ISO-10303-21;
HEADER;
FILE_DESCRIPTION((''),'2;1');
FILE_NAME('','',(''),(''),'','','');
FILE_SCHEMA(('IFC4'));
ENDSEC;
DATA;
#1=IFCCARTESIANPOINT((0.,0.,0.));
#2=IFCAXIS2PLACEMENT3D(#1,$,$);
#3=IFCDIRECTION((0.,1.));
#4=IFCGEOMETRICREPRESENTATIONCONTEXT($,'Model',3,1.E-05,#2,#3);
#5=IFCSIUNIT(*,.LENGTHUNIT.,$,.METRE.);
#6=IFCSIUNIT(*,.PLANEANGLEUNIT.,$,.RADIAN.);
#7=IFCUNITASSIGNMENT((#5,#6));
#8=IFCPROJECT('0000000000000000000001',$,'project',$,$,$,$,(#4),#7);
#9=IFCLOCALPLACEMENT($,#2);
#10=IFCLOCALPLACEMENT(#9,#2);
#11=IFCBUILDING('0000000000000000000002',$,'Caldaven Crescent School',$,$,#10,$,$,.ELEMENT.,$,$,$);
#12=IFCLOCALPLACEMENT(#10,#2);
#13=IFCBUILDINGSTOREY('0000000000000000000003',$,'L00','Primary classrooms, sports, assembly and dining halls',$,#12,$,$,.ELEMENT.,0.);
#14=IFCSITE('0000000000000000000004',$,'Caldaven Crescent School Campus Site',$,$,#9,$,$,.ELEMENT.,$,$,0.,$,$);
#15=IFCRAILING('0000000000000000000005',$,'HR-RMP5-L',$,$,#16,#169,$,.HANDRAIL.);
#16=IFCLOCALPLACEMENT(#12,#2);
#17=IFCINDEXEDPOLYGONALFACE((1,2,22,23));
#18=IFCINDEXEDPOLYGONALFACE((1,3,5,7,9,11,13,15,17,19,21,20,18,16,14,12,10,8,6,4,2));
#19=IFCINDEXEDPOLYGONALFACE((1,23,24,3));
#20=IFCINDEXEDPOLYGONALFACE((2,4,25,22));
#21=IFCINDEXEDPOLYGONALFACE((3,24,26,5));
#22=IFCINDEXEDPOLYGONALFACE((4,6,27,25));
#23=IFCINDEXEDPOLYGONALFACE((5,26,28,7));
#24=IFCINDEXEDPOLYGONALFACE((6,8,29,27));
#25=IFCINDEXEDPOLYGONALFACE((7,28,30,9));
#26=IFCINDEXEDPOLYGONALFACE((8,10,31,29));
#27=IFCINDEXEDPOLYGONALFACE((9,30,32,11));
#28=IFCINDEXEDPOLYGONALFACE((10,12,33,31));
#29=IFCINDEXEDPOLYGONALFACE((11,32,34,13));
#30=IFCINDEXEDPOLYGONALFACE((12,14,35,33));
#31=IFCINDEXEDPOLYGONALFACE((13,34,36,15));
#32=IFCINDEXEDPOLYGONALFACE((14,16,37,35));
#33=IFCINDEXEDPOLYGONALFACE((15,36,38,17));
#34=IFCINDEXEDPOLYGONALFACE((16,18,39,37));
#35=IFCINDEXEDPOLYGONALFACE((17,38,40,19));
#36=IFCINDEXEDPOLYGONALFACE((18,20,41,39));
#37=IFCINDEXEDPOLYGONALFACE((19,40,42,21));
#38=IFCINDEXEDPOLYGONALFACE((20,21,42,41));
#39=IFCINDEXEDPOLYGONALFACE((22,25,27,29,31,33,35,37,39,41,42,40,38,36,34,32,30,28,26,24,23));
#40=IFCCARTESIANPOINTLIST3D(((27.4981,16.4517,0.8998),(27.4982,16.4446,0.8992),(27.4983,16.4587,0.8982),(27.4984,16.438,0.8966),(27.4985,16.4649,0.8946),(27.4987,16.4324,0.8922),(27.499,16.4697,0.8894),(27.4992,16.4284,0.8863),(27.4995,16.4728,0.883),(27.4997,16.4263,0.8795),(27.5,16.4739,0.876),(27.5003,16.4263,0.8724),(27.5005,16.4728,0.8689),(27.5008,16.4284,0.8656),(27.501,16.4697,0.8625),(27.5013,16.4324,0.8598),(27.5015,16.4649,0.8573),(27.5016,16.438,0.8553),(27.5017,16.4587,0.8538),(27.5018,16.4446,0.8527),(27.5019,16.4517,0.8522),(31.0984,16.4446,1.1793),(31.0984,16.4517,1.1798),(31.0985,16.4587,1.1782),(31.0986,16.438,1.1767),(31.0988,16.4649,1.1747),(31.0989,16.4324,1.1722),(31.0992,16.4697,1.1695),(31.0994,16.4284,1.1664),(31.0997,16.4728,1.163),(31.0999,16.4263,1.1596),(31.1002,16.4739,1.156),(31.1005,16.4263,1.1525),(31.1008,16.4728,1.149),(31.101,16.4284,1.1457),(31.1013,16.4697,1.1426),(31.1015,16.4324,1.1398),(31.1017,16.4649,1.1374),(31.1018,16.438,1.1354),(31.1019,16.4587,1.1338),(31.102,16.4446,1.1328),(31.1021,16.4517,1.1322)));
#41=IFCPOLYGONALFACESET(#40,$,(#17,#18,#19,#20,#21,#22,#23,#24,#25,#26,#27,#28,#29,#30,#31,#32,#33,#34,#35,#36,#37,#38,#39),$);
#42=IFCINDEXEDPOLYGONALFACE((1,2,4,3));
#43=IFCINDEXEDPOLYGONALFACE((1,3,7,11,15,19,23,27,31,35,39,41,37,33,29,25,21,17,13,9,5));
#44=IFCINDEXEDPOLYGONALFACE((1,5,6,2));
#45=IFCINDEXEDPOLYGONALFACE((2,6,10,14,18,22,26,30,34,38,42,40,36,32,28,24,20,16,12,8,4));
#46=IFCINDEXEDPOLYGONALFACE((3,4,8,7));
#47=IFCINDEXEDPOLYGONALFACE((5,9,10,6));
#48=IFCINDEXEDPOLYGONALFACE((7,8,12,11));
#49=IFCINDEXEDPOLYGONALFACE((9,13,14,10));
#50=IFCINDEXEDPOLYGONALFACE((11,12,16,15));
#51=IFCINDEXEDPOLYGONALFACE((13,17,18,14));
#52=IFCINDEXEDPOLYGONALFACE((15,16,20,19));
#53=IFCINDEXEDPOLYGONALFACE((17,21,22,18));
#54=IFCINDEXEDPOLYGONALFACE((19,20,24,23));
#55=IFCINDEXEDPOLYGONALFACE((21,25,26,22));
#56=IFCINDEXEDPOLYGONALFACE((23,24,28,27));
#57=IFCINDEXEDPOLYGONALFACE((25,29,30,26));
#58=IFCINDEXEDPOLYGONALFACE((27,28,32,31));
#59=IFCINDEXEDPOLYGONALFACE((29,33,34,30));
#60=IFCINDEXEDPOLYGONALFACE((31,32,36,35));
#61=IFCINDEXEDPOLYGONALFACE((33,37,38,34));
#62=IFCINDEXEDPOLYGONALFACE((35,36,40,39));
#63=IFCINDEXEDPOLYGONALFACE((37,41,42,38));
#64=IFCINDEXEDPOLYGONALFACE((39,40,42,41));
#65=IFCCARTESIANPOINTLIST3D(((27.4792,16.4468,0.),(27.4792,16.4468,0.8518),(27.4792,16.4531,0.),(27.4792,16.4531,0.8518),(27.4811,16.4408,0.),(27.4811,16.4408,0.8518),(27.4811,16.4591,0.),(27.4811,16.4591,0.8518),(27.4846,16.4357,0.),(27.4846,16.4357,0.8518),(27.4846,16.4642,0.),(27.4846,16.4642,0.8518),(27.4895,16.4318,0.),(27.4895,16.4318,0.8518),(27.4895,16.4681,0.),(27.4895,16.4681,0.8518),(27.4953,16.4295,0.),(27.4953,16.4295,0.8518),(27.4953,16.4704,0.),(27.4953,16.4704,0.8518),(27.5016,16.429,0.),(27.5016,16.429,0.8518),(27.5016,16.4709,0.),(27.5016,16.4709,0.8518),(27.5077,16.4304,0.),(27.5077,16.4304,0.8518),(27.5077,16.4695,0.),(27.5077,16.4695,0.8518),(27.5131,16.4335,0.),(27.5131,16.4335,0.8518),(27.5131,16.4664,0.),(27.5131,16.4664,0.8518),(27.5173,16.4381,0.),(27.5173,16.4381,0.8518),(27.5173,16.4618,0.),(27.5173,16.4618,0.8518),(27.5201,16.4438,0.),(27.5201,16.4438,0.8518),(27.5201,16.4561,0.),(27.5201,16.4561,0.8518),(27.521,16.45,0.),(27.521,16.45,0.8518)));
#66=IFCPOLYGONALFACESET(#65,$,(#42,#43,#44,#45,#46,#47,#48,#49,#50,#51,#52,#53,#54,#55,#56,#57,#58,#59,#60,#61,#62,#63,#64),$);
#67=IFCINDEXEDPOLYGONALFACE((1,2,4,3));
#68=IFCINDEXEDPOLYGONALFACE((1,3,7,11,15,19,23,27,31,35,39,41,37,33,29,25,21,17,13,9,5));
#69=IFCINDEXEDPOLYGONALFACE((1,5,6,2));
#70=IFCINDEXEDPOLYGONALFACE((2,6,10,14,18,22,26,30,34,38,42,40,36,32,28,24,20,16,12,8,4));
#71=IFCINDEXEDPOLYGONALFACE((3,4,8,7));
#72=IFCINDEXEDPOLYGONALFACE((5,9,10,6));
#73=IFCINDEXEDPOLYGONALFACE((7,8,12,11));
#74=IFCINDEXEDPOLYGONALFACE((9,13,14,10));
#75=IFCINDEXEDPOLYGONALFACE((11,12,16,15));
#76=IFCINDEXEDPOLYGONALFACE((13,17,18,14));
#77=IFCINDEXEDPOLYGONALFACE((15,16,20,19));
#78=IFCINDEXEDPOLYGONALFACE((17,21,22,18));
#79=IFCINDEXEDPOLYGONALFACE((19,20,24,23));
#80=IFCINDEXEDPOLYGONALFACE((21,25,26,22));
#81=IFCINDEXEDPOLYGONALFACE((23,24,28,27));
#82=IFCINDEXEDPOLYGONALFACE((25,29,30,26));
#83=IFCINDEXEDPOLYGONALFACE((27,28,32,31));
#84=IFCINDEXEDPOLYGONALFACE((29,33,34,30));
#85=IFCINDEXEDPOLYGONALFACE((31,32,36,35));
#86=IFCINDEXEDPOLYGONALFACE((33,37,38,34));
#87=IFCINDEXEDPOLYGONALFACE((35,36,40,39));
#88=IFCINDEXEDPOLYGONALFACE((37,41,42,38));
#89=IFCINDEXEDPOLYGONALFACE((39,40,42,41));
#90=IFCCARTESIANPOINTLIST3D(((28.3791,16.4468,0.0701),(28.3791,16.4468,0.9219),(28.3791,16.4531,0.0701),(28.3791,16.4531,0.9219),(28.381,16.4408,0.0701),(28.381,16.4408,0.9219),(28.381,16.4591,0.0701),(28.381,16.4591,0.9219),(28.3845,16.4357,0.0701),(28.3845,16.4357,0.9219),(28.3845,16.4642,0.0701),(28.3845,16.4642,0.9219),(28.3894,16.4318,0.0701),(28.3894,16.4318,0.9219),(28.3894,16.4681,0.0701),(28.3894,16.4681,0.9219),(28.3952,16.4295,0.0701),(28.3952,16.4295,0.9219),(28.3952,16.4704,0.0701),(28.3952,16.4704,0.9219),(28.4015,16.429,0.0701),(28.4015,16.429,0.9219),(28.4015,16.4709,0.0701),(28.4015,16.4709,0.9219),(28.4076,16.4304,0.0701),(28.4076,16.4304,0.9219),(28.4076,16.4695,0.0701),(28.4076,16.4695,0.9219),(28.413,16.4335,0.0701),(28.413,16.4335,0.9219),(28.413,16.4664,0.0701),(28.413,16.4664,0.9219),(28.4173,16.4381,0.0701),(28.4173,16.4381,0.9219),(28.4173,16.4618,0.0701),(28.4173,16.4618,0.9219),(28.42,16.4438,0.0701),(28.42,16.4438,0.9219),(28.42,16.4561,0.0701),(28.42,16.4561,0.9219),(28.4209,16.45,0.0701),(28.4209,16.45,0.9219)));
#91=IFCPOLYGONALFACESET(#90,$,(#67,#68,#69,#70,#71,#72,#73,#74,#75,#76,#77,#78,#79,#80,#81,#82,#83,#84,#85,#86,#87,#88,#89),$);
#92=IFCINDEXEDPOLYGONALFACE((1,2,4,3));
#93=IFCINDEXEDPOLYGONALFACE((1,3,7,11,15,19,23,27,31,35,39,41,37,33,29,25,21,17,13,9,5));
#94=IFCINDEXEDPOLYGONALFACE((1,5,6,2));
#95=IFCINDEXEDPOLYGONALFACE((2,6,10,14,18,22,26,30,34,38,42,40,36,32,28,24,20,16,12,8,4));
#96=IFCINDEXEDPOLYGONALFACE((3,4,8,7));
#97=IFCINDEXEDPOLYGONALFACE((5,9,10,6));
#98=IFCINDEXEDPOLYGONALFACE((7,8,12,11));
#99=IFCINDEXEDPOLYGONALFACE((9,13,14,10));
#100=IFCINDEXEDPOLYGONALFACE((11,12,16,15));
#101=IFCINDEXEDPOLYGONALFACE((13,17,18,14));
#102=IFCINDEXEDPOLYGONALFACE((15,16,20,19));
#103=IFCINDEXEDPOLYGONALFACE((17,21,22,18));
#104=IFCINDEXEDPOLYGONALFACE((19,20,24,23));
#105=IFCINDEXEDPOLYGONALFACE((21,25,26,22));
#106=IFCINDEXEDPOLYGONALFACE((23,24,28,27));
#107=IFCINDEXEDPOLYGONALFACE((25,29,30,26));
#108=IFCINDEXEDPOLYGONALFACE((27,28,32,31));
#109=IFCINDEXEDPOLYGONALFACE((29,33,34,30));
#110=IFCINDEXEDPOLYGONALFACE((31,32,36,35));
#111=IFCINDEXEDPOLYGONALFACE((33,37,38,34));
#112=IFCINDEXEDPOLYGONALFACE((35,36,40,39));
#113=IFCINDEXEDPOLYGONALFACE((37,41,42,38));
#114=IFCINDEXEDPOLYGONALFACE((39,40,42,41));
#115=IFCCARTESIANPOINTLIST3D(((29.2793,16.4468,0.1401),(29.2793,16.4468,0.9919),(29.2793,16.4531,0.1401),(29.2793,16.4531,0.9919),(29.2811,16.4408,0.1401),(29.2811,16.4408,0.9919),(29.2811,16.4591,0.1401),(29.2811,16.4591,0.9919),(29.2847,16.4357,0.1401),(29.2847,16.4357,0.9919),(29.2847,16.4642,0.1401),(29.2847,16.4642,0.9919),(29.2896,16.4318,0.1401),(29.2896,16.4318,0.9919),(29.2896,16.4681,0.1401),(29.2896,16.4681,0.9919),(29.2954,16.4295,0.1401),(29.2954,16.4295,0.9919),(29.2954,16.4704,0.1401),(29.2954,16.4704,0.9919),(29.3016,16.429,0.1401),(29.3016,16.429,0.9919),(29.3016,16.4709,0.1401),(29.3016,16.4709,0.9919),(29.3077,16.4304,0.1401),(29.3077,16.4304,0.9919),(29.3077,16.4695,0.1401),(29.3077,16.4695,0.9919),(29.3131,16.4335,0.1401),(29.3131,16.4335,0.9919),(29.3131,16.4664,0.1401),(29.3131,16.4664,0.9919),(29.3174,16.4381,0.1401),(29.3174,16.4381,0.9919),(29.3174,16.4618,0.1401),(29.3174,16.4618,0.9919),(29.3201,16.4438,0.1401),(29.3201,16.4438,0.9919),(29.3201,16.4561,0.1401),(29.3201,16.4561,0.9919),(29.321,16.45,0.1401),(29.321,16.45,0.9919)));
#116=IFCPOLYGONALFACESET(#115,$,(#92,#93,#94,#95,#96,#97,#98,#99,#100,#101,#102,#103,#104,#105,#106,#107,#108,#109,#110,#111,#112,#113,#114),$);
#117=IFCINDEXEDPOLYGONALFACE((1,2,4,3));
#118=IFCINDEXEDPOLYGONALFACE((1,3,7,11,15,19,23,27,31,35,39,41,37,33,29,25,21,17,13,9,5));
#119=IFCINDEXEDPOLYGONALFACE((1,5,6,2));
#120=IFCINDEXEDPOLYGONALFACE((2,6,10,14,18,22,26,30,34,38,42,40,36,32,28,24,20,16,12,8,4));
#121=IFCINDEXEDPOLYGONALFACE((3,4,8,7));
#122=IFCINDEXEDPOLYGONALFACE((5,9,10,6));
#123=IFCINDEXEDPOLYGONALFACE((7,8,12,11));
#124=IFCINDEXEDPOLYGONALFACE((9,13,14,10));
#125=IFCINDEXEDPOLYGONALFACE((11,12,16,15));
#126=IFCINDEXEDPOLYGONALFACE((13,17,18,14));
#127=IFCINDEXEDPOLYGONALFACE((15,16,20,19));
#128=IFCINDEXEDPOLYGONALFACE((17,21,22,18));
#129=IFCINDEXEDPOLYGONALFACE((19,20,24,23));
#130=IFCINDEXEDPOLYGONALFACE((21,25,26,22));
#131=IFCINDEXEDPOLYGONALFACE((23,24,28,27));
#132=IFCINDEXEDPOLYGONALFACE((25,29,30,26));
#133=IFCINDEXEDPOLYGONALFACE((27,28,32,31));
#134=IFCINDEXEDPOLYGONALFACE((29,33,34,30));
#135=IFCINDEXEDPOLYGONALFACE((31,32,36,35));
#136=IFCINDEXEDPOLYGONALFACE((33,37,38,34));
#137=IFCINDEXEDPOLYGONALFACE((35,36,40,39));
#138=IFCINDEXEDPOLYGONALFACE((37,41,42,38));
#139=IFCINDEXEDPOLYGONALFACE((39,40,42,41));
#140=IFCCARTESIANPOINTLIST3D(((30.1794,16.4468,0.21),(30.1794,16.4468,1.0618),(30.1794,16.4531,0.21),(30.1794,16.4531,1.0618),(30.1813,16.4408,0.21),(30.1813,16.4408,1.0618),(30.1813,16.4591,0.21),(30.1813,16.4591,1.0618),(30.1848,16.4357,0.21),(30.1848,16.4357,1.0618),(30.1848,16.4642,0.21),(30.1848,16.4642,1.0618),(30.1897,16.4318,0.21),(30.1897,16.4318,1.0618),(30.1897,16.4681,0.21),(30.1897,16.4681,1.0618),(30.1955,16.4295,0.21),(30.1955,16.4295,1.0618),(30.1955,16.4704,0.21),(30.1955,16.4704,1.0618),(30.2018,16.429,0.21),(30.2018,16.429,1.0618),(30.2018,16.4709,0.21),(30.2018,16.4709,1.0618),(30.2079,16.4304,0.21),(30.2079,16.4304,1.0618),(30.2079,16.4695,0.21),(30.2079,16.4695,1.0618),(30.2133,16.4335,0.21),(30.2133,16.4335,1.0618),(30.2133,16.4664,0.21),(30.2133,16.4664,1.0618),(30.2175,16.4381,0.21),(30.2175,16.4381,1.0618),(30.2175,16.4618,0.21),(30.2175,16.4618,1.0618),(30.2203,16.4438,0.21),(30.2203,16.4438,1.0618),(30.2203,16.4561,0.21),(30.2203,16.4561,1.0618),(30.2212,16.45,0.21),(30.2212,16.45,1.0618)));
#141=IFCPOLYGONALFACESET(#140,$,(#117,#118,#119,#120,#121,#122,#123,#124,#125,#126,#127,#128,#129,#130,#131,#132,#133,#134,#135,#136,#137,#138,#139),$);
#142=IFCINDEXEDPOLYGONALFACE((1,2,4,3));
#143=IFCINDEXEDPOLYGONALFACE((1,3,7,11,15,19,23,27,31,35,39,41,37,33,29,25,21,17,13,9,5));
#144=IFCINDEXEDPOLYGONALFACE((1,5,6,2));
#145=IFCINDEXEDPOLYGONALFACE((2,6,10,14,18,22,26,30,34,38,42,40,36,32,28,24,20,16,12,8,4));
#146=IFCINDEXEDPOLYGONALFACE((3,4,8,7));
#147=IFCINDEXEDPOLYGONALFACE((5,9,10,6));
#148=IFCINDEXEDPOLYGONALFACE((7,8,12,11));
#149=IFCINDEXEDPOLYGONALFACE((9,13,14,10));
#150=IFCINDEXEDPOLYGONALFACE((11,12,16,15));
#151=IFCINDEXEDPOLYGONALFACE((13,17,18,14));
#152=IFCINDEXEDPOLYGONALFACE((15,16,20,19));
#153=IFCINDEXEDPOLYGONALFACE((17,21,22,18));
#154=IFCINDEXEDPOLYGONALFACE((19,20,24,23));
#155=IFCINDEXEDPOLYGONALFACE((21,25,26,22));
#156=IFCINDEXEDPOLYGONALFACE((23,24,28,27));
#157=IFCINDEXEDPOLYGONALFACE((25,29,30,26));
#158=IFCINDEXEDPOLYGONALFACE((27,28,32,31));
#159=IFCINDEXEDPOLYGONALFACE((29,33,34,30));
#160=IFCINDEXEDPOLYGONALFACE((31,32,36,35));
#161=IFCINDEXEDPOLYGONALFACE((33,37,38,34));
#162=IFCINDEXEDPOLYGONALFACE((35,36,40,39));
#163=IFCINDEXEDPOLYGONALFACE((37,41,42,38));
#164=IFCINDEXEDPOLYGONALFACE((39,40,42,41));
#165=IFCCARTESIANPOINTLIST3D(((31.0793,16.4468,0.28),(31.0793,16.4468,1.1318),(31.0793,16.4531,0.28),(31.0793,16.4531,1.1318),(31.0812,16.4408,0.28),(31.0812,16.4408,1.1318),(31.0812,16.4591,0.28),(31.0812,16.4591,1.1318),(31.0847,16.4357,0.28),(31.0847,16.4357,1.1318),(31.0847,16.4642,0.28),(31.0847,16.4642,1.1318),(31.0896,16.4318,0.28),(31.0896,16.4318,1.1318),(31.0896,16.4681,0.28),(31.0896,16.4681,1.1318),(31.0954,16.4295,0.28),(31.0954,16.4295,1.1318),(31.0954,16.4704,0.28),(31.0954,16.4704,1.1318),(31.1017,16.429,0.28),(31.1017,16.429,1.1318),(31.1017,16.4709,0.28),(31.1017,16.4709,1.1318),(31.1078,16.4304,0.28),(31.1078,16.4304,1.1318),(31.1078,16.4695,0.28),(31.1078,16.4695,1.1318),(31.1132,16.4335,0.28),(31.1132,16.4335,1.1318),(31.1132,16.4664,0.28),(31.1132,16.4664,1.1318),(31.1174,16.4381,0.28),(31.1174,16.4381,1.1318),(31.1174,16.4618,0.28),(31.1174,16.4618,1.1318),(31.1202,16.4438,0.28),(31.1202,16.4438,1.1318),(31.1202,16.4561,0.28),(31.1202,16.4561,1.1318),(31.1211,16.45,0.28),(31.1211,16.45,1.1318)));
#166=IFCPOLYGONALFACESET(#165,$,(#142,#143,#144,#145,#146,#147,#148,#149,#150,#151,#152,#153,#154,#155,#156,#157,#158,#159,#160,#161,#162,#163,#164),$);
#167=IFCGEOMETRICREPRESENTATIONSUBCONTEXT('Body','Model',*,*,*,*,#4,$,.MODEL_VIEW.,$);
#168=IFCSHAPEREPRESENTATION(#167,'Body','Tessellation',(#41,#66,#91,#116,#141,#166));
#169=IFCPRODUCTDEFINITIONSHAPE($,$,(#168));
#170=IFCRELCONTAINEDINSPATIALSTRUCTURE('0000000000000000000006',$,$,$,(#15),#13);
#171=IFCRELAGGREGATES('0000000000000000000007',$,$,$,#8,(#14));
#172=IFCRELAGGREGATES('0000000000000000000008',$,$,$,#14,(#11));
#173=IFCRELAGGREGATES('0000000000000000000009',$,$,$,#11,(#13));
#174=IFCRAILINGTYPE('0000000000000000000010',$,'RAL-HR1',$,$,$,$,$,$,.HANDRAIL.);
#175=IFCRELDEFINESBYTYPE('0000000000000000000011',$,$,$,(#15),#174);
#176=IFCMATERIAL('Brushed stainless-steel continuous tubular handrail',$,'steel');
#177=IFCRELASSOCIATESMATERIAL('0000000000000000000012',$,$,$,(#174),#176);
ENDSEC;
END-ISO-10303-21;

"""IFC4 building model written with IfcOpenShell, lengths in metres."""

from ifc_helpers import new_model, si_unit, direction, frame, origin, origin_2d, place, context, subcontext, project, spatial, circle, extrude, material, type_object, element, save


model = new_model("IFC4")

# Units and contexts
model_context = context("Model", 3, precision=1e-05, world=origin(), true_north=direction((0.0, 1.0)))
body_context = subcontext(model_context, "Body", "Model", "MODEL_VIEW")
ifc_project = project(units=[si_unit("LENGTHUNIT", "METRE"), si_unit("PLANEANGLEUNIT", "RADIAN")], contexts=[model_context])

# Site, building, storey
site_placement = place(None, origin())
site = spatial("IfcSite", under=ifc_project, at=site_placement, Name="Caldaven Crescent School Campus Site", CompositionType="ELEMENT", RefElevation=0.0)
building_placement = place(site_placement, origin())
building = spatial("IfcBuilding", under=site, at=building_placement, Name="Caldaven Crescent School", CompositionType="ELEMENT")
storey_placement = place(building_placement, origin())
storey = spatial("IfcBuildingStorey", under=building, at=storey_placement, Name="L00", Description="Primary classrooms, sports, assembly and dining halls", CompositionType="ELEMENT", Elevation=0.0)

# Railing
ifc_material_1 = material(Name="Brushed stainless-steel continuous tubular handrail", Category="steel")
railing_type = type_object("IfcRailingType", Name="RAL-HR1", PredefinedType="HANDRAIL", material=ifc_material_1)
for number, where, name in (
    (1, (27.5, 16.45, 0.0), "HR-RMP5-L"),
):
    element("IfcRailing", number, at=place(storey_placement, frame(where)), inside=storey, type_object=railing_type, Name=name, PredefinedType="HANDRAIL", context=body_context, shape_type="SweptSolid", body=[
        extrude(circle(Radius=0.0239, at=origin_2d()), frame((0.0, 0.0, 0.876), z_axis=(0.996988, 0.0, 0.07755), x_axis=(0.0, 1.0, 0.0)), (0.0, 0.0, 1.0), 3.6111),
        extrude(circle(Radius=0.021, at=origin_2d()), origin(), (0.0, 0.0, 1.0), 0.8518),
        extrude(circle(Radius=0.021, at=origin_2d()), frame((0.8999, 0.0, 0.0701)), (0.0, 0.0, 1.0), 0.8518),
        extrude(circle(Radius=0.021, at=origin_2d()), frame((1.8, 0.0, 0.1401)), (0.0, 0.0, 1.0), 0.8518),
        extrude(circle(Radius=0.021, at=origin_2d()), frame((2.7002, 0.0, 0.21)), (0.0, 0.0, 1.0), 0.8518),
        extrude(circle(Radius=0.021, at=origin_2d()), frame((3.6001, 0.0, 0.28)), (0.0, 0.0, 1.0), 0.8518),
    ])

save(model, "model.ifc")
